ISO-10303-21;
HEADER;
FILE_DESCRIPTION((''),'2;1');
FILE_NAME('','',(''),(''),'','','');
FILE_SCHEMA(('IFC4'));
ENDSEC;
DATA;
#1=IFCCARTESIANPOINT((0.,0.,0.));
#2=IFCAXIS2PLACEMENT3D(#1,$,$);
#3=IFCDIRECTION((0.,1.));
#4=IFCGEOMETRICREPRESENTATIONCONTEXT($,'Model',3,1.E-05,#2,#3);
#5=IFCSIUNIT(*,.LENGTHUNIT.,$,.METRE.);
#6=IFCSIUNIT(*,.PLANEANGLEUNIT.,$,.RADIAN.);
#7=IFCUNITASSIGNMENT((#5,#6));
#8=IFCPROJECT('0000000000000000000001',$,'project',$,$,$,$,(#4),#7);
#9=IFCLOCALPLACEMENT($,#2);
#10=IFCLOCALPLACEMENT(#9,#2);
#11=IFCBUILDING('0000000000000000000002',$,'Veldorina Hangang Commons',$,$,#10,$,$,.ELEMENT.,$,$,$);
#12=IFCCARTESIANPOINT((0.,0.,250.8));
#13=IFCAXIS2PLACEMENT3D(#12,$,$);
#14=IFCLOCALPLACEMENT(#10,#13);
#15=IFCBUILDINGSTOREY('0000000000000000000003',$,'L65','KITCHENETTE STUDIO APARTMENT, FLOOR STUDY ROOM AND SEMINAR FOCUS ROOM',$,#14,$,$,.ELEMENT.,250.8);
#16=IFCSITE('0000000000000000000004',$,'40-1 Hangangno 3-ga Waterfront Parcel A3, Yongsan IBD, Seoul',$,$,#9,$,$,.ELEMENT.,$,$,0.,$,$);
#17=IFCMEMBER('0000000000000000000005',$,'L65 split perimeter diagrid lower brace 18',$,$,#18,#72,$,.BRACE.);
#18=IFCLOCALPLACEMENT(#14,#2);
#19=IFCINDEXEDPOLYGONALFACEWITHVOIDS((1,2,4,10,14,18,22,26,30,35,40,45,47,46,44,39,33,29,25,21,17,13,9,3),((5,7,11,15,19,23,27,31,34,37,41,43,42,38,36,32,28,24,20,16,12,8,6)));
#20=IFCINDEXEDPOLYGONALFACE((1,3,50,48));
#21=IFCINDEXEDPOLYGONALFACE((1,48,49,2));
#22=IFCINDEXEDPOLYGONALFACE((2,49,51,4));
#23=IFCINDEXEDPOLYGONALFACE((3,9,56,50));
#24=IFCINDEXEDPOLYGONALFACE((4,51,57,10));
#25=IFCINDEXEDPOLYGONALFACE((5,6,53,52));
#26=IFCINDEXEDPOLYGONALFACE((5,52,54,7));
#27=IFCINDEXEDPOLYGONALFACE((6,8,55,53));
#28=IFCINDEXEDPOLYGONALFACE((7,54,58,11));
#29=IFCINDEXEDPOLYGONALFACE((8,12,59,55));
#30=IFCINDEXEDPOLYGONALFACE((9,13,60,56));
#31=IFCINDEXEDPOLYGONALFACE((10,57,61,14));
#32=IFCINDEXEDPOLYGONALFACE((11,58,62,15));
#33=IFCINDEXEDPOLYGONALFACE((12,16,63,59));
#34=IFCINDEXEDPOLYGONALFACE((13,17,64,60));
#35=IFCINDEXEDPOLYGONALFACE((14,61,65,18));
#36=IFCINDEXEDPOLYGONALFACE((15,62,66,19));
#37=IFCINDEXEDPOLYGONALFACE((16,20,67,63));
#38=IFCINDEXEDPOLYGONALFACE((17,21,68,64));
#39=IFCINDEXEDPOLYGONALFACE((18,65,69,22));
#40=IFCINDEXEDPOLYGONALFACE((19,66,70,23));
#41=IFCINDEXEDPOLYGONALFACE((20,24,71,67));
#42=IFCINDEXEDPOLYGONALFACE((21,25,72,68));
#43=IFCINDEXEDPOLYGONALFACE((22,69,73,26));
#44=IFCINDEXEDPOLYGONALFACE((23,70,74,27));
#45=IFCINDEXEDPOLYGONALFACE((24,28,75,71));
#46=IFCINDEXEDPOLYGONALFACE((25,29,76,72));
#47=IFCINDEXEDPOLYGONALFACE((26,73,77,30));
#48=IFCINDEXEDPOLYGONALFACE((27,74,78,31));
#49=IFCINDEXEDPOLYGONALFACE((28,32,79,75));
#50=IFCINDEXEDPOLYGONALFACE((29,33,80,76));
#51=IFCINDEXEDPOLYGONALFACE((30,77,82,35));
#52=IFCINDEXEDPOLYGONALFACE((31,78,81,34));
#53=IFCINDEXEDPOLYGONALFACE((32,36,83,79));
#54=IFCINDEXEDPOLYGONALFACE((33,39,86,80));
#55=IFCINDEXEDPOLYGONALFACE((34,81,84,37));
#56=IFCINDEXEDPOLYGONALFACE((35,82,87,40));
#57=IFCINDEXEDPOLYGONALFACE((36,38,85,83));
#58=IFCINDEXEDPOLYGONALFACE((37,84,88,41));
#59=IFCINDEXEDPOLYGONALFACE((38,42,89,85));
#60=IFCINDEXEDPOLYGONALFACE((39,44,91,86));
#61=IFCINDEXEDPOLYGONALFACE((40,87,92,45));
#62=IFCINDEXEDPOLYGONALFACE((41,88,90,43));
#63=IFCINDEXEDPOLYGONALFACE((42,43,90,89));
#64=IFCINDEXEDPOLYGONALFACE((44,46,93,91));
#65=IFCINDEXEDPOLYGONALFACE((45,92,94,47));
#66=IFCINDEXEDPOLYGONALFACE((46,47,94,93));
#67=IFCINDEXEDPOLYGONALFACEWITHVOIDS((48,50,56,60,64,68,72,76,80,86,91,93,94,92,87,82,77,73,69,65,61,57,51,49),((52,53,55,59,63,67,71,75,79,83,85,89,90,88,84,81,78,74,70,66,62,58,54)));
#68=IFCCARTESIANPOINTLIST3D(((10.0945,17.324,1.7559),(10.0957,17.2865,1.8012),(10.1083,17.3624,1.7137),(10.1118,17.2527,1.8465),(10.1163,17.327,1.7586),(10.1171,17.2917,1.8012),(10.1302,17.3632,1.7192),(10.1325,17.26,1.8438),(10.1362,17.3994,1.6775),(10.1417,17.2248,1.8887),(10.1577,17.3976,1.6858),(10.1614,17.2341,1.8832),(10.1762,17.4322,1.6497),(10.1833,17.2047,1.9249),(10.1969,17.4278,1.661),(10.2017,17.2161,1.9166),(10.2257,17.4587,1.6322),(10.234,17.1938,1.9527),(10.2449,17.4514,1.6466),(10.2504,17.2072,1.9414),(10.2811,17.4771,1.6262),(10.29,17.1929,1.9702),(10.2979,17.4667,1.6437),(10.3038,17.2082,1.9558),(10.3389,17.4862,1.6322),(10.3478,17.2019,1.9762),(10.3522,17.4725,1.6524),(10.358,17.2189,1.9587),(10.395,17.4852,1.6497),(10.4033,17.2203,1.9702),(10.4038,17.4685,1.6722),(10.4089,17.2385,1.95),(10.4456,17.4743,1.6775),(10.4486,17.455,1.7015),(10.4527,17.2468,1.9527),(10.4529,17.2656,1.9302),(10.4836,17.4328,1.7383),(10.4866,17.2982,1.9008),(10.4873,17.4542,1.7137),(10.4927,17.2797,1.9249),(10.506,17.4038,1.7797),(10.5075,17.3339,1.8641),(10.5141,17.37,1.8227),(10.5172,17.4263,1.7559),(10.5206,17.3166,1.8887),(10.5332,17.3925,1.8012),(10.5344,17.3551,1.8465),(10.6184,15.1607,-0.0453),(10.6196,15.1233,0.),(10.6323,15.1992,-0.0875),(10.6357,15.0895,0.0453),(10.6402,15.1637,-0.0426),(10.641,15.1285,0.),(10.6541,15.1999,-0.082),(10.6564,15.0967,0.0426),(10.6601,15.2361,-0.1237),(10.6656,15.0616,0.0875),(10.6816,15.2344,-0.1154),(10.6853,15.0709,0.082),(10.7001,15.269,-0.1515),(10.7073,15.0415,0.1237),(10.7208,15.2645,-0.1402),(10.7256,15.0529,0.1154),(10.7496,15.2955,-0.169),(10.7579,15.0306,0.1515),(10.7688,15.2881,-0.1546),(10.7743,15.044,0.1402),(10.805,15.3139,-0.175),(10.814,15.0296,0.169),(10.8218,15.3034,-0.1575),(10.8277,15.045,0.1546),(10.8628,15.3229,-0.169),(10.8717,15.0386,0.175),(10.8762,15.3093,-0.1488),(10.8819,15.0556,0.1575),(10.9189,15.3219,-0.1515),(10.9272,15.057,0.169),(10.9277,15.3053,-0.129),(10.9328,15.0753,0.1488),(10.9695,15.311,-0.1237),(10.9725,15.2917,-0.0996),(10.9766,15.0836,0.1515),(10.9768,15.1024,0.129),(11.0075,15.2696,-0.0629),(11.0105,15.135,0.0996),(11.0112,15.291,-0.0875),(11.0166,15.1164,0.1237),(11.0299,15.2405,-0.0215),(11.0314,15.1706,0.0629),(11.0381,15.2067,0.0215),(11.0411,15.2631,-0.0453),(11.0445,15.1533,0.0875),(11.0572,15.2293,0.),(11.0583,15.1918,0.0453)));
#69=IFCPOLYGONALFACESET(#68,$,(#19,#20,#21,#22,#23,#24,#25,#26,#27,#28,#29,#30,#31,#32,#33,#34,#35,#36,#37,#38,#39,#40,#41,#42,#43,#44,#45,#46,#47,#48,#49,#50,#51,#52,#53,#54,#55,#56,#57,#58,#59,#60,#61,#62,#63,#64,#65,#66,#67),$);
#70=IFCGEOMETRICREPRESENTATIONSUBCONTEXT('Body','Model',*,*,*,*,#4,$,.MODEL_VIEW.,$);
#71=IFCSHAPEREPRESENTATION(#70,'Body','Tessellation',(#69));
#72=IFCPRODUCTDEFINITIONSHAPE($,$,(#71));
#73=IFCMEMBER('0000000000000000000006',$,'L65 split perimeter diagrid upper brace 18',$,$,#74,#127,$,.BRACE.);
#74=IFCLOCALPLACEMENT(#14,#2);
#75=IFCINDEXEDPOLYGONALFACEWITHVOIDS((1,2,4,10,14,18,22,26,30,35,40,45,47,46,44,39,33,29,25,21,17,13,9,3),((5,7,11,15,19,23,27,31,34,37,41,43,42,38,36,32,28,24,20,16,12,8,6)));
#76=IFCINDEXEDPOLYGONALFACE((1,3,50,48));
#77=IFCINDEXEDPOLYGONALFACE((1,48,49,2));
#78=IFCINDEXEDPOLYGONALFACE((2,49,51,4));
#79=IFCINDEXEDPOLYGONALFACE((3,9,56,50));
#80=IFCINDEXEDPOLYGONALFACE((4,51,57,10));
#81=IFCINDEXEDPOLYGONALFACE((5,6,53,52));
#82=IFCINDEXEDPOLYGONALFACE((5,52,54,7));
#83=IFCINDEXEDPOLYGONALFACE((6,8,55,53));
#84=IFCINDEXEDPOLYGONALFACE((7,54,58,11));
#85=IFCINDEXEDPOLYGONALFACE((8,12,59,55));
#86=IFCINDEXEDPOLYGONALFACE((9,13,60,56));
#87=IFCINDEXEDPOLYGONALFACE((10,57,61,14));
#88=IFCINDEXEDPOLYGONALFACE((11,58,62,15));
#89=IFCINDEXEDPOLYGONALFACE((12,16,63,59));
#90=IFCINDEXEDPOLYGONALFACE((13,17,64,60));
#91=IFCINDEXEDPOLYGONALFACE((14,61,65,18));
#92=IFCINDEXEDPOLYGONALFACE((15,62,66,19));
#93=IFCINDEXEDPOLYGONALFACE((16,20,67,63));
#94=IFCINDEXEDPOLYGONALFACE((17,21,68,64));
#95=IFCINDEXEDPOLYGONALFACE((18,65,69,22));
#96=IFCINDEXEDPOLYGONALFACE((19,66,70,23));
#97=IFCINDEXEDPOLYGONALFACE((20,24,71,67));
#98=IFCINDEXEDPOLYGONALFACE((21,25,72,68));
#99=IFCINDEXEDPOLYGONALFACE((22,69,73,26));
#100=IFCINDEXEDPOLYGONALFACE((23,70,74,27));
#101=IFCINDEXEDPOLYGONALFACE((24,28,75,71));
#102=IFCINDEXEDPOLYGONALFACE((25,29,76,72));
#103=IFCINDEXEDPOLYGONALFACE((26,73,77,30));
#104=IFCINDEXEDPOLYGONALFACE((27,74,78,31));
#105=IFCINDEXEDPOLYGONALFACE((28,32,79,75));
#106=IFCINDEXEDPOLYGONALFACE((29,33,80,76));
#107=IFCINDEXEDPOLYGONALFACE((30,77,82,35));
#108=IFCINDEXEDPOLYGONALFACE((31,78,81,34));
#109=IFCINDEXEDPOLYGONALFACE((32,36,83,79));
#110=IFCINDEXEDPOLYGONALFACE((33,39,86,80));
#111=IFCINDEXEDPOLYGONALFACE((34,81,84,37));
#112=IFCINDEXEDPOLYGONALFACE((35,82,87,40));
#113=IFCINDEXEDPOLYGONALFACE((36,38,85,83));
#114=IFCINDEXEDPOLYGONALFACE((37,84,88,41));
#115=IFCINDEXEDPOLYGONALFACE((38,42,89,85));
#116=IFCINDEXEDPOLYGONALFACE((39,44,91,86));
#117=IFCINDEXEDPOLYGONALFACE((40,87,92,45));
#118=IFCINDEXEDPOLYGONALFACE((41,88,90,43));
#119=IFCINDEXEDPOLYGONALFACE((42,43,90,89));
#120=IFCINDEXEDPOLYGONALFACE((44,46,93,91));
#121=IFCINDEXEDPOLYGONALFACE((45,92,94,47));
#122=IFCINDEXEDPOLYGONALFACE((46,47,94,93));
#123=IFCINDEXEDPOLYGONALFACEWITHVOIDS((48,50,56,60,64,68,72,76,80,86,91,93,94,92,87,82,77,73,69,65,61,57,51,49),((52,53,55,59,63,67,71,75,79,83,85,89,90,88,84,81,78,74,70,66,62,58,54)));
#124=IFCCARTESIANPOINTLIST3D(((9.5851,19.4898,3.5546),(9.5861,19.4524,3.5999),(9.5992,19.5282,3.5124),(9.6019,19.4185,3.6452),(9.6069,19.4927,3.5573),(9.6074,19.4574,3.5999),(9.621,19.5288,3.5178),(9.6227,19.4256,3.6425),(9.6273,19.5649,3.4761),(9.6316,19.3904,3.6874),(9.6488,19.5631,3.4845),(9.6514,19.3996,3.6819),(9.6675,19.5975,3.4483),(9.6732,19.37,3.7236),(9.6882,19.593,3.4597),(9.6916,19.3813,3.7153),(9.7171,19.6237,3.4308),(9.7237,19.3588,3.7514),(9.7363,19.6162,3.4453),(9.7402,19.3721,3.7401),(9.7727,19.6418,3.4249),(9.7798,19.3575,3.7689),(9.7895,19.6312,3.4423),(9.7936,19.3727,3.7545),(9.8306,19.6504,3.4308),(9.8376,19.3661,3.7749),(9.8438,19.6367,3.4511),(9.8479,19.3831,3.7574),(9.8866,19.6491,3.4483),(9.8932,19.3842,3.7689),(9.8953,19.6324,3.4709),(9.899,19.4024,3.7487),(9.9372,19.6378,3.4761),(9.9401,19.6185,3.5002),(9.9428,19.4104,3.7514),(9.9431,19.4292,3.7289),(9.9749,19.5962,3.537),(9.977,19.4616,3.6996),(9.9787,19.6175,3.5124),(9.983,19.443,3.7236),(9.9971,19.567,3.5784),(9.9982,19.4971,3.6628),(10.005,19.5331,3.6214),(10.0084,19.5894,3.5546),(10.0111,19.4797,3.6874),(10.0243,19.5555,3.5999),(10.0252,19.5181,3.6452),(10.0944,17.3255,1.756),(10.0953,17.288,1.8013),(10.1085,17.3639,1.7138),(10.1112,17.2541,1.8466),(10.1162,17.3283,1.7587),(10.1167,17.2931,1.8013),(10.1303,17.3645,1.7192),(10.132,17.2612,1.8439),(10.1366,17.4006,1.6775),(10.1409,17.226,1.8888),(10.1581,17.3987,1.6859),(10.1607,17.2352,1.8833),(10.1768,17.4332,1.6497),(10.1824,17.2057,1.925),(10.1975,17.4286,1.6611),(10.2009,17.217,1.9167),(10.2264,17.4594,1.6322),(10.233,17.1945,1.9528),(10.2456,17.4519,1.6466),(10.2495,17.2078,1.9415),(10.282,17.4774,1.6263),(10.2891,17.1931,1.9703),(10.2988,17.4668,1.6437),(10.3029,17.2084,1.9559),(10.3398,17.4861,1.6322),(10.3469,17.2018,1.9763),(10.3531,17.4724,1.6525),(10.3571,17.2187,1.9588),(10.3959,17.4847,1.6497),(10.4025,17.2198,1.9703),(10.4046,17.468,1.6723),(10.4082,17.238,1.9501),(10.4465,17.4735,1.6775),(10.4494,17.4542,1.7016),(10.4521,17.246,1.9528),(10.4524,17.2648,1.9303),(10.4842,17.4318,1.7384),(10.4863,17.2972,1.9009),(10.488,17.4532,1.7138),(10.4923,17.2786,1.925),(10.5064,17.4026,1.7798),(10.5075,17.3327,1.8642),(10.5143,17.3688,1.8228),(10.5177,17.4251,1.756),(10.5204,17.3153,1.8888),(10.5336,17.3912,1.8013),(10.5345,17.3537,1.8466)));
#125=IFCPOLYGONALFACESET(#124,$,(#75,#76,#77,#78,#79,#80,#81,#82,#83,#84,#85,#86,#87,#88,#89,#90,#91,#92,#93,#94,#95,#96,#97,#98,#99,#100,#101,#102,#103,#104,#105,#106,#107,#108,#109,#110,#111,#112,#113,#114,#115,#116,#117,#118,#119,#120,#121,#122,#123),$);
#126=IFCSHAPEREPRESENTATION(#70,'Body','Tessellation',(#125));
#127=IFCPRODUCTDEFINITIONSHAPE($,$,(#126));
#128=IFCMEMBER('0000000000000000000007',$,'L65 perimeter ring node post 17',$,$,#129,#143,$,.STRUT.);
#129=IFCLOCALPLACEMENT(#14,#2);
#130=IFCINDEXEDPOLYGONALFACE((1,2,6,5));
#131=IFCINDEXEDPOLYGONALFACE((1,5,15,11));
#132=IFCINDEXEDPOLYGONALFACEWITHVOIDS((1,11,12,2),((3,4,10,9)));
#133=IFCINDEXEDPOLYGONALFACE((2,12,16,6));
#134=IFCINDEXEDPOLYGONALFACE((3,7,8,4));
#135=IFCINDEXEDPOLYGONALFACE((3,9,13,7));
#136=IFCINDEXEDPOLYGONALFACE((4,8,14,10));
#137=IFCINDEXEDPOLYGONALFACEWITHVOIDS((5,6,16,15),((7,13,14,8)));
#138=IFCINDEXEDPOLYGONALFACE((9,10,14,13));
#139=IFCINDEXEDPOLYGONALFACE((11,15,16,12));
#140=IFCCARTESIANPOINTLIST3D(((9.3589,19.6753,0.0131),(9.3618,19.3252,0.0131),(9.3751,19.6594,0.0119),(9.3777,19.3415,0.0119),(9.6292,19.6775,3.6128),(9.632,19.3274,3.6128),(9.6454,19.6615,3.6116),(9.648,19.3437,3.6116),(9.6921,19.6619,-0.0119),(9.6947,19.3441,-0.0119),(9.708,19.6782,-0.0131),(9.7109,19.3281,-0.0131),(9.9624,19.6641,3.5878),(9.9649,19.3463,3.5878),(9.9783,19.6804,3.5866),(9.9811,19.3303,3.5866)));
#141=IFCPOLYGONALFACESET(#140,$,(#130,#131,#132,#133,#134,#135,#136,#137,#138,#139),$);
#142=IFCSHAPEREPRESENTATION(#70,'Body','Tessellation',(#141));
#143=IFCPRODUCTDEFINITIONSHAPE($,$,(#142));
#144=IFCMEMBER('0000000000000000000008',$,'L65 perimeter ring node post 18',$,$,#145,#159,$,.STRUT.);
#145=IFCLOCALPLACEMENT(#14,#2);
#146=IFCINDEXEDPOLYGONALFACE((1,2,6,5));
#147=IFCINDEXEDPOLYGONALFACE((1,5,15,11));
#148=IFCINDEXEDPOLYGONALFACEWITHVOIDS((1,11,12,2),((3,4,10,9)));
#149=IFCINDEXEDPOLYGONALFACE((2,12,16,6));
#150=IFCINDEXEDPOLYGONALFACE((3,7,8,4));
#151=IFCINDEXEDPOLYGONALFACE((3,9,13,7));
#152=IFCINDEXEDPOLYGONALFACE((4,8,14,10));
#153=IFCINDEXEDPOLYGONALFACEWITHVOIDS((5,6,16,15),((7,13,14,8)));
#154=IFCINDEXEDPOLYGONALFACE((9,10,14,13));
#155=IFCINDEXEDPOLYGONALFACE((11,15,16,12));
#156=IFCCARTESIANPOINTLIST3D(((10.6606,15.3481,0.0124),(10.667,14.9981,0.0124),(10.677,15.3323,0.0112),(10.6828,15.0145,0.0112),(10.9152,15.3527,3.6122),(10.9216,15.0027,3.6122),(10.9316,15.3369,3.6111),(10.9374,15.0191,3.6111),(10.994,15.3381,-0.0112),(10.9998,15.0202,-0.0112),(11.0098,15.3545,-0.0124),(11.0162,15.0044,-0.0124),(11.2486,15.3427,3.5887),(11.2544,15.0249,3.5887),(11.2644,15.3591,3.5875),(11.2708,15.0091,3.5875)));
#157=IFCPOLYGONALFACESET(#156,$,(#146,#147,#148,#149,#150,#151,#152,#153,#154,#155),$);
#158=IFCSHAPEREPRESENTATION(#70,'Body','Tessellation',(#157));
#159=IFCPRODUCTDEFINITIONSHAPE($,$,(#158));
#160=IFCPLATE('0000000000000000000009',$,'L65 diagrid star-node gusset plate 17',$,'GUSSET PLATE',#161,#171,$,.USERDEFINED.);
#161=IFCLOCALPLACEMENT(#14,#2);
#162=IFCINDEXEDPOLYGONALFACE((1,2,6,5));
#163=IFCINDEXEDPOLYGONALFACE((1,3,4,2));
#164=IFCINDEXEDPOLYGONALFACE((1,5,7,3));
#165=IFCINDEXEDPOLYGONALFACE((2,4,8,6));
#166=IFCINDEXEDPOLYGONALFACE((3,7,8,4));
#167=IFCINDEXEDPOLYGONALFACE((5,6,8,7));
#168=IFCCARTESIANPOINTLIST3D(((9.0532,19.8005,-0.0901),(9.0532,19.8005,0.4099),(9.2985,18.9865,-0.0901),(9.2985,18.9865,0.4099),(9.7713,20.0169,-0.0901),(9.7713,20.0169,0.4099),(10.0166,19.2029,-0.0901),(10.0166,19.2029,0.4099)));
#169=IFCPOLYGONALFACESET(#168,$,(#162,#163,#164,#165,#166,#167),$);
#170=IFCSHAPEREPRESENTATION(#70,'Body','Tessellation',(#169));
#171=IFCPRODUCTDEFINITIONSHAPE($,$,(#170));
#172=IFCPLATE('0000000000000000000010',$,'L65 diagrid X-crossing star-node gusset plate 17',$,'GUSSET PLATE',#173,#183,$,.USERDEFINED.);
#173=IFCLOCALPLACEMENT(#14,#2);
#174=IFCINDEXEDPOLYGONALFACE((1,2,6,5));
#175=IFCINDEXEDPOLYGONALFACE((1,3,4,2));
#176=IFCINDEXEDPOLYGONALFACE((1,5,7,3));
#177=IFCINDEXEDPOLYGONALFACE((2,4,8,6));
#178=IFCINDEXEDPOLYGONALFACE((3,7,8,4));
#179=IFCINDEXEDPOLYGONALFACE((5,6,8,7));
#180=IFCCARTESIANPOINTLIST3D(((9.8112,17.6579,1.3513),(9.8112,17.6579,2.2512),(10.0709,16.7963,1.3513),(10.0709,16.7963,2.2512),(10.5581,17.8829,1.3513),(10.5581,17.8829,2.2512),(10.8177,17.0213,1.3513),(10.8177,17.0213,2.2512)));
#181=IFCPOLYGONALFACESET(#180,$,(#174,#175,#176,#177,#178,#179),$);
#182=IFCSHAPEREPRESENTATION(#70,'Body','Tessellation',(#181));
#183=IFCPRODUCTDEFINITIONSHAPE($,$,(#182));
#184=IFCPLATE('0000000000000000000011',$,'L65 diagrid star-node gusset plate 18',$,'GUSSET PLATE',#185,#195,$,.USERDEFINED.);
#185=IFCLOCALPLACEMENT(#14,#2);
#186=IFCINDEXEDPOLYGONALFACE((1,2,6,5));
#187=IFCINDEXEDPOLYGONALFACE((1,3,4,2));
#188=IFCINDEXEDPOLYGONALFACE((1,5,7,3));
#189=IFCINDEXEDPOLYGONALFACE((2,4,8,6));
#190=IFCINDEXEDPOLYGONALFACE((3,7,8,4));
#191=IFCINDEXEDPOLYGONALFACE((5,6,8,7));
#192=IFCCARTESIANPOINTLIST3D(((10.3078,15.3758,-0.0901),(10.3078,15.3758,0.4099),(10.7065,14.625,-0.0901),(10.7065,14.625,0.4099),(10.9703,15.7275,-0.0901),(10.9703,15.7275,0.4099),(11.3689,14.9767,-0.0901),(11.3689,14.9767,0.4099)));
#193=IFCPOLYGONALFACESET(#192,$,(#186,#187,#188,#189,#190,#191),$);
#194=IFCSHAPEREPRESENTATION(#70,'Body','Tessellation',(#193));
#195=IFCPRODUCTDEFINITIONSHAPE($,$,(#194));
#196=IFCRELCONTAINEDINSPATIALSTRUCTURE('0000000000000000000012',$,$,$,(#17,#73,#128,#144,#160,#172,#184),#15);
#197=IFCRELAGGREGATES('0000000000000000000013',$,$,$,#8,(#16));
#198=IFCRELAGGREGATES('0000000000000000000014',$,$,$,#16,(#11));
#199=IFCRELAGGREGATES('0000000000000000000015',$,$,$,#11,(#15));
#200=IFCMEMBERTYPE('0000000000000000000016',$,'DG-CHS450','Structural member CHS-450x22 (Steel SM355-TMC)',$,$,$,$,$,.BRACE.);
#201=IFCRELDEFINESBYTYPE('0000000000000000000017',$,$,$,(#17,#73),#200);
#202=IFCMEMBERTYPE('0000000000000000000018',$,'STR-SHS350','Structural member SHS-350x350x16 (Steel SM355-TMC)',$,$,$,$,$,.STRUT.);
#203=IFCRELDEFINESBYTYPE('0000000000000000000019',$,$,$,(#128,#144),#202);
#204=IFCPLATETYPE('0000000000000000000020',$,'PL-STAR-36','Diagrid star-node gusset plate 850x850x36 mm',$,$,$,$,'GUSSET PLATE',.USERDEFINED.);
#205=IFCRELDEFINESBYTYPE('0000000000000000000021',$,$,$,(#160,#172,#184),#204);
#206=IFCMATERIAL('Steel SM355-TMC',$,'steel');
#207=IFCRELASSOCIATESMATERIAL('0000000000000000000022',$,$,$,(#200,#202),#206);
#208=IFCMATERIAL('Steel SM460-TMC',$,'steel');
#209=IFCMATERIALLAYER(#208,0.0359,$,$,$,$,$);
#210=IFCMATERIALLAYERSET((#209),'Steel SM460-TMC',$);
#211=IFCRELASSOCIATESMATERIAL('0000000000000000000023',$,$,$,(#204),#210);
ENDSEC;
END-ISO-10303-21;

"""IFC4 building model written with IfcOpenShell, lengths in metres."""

from ifc_helpers import new_model, si_unit, direction, frame, origin, origin_2d, place, context, subcontext, project, spatial, rectangle, hollow_rectangle, hollow_circle, extrude, material, layer, layer_set, material_profile, profile_set, type_object, element, save


model = new_model("IFC4")

# Units and contexts
model_context = context("Model", 3, precision=1e-05, world=origin(), true_north=direction((0.0, 1.0)))
body_context = subcontext(model_context, "Body", "Model", "MODEL_VIEW")
ifc_project = project(units=[si_unit("LENGTHUNIT", "METRE"), si_unit("PLANEANGLEUNIT", "RADIAN")], contexts=[model_context])

# Site, building, storey
site_placement = place(None, origin())
site = spatial("IfcSite", under=ifc_project, at=site_placement, Name="40-1 Hangangno 3-ga Waterfront Parcel A3, Yongsan IBD, Seoul", CompositionType="ELEMENT", RefElevation=0.0)
building_placement = place(site_placement, origin())
building = spatial("IfcBuilding", under=site, at=building_placement, Name="Veldorina Hangang Commons", CompositionType="ELEMENT")
storey_placement = place(building_placement, frame((0.0, 0.0, 250.8)))
storey = spatial("IfcBuildingStorey", under=building, at=storey_placement, Name="L65", Description="KITCHENETTE STUDIO APARTMENT, FLOOR STUDY ROOM AND SEMINAR FOCUS ROOM", CompositionType="ELEMENT", Elevation=250.8)

# Shared definitions
ifc_material_1 = material(Name="Steel SM355-TMC", Category="steel")

# Members
ifc_material_profile_1 = material_profile(ifc_material_1, hollow_circle(Radius=0.2251, WallThickness=0.022, at=origin_2d()), Name="CHS-450x22")
ifc_profile_set_1 = profile_set([ifc_material_profile_1], Name="Steel SM355-TMC")
member_type_1 = type_object("IfcMemberType", Name="DG-CHS450", Description="Structural member CHS-450x22 (Steel SM355-TMC)", PredefinedType="BRACE", material=ifc_profile_set_1)
member_1_placement = place(storey_placement, frame((10.8384, 15.1763, 0.0), z_axis=(-0.182973, 0.755511, 0.629066), x_axis=(-0.971903, -0.23538, 0.0)))
element("IfcMember", 1, at=member_1_placement, inside=storey, type_object=member_type_1, Name="L65 split perimeter diagrid lower brace 18", PredefinedType="BRACE", context=body_context, shape_type="SweptSolid", body=[
    extrude(hollow_circle(Radius=0.2251, WallThickness=0.022, at=origin_2d()), origin(), (0.0, 0.0, 1.0), 2.8633),
])
member_2_placement = place(storey_placement, frame((10.3145, 17.3396, 1.8013), z_axis=(-0.178081, 0.756802, 0.628918), x_axis=(-0.973414, -0.229052, 0.0)))
element("IfcMember", 2, at=member_2_placement, inside=storey, type_object=member_type_1, Name="L65 split perimeter diagrid upper brace 18", PredefinedType="BRACE", context=body_context, shape_type="SweptSolid", body=[
    extrude(hollow_circle(Radius=0.2251, WallThickness=0.022, at=origin_2d()), origin(), (0.0, 0.0, 1.0), 2.8599),
])
ifc_material_profile_2 = material_profile(ifc_material_1, hollow_rectangle(XDim=0.3501, YDim=0.3501, WallThickness=0.0161, at=origin_2d()), Name="SHS-350x350x16")
ifc_profile_set_2 = profile_set([ifc_material_profile_2], Name="Steel SM355-TMC")
member_type_2 = type_object("IfcMemberType", Name="STR-SHS350", Description="Structural member SHS-350x350x16 (Steel SM355-TMC)", PredefinedType="STRUT", material=ifc_profile_set_2)
member_3_placement = place(storey_placement, frame((9.5349, 19.5017, 0.0), z_axis=(0.074866, 0.000609, 0.997193), x_axis=(-0.00813, 0.999967, 0.0)))
element("IfcMember", 3, at=member_3_placement, inside=storey, type_object=member_type_2, Name="L65 perimeter ring node post 17", PredefinedType="STRUT", context=body_context, shape_type="SweptSolid", body=[
    extrude(hollow_rectangle(XDim=0.3501, YDim=0.3501, WallThickness=0.0161, at=origin_2d()), origin(), (0.0, 0.0, 1.0), 3.6099),
])
member_4_placement = place(storey_placement, frame((10.8384, 15.1763, 0.0), z_axis=(0.070559, 0.001285, 0.997507), x_axis=(-0.018214, 0.999834, 0.0)))
element("IfcMember", 4, at=member_4_placement, inside=storey, type_object=member_type_2, Name="L65 perimeter ring node post 18", PredefinedType="STRUT", context=body_context, shape_type="SweptSolid", body=[
    extrude(hollow_rectangle(XDim=0.3501, YDim=0.3501, WallThickness=0.0161, at=origin_2d()), origin(), (0.0, 0.0, 1.0), 3.6089),
])

# Plates
ifc_material_2 = material(Name="Steel SM460-TMC", Category="steel")
ifc_layer_1 = layer(ifc_material_2, 0.0359)
ifc_layer_set_1 = layer_set([ifc_layer_1], Name="Steel SM460-TMC")
plate_type = type_object("IfcPlateType", Name="PL-STAR-36", Description="Diagrid star-node gusset plate 850x850x36 mm", ElementType="GUSSET PLATE", PredefinedType="USERDEFINED", material=ifc_layer_set_1)
plate_1_placement = place(storey_placement, frame((9.5349, 19.5017, -0.0901), z_axis=(0.0, 0.0, 1.0), x_axis=(0.288531, -0.957471, 0.0)))
element("IfcPlate", 5, at=plate_1_placement, inside=storey, type_object=plate_type, Name="L65 diagrid star-node gusset plate 17", ObjectType="GUSSET PLATE", PredefinedType="USERDEFINED", context=body_context, shape_type="SweptSolid", body=[
    extrude(rectangle(XDim=0.8501, YDim=0.75, at=origin_2d()), origin(), (0.0, 0.0, 1.0), 0.5),
])
plate_2_placement = place(storey_placement, frame((10.3145, 17.3396, 1.3513), z_axis=(0.0, 0.0, 1.0), x_axis=(0.288531, -0.957471, 0.0)))
element("IfcPlate", 6, at=plate_2_placement, inside=storey, type_object=plate_type, Name="L65 diagrid X-crossing star-node gusset plate 17", ObjectType="GUSSET PLATE", PredefinedType="USERDEFINED", context=body_context, shape_type="SweptSolid", body=[
    extrude(rectangle(XDim=0.8999, YDim=0.78, at=origin_2d()), origin(), (0.0, 0.0, 1.0), 0.8999),
])
plate_3_placement = place(storey_placement, frame((10.8384, 15.1763, -0.0901), z_axis=(0.0, 0.0, 1.0), x_axis=(0.468963, -0.883218, 0.0)))
element("IfcPlate", 7, at=plate_3_placement, inside=storey, type_object=plate_type, Name="L65 diagrid star-node gusset plate 18", ObjectType="GUSSET PLATE", PredefinedType="USERDEFINED", context=body_context, shape_type="SweptSolid", body=[
    extrude(rectangle(XDim=0.8501, YDim=0.75, at=origin_2d()), origin(), (0.0, 0.0, 1.0), 0.5),
])

save(model, "model.ifc")
